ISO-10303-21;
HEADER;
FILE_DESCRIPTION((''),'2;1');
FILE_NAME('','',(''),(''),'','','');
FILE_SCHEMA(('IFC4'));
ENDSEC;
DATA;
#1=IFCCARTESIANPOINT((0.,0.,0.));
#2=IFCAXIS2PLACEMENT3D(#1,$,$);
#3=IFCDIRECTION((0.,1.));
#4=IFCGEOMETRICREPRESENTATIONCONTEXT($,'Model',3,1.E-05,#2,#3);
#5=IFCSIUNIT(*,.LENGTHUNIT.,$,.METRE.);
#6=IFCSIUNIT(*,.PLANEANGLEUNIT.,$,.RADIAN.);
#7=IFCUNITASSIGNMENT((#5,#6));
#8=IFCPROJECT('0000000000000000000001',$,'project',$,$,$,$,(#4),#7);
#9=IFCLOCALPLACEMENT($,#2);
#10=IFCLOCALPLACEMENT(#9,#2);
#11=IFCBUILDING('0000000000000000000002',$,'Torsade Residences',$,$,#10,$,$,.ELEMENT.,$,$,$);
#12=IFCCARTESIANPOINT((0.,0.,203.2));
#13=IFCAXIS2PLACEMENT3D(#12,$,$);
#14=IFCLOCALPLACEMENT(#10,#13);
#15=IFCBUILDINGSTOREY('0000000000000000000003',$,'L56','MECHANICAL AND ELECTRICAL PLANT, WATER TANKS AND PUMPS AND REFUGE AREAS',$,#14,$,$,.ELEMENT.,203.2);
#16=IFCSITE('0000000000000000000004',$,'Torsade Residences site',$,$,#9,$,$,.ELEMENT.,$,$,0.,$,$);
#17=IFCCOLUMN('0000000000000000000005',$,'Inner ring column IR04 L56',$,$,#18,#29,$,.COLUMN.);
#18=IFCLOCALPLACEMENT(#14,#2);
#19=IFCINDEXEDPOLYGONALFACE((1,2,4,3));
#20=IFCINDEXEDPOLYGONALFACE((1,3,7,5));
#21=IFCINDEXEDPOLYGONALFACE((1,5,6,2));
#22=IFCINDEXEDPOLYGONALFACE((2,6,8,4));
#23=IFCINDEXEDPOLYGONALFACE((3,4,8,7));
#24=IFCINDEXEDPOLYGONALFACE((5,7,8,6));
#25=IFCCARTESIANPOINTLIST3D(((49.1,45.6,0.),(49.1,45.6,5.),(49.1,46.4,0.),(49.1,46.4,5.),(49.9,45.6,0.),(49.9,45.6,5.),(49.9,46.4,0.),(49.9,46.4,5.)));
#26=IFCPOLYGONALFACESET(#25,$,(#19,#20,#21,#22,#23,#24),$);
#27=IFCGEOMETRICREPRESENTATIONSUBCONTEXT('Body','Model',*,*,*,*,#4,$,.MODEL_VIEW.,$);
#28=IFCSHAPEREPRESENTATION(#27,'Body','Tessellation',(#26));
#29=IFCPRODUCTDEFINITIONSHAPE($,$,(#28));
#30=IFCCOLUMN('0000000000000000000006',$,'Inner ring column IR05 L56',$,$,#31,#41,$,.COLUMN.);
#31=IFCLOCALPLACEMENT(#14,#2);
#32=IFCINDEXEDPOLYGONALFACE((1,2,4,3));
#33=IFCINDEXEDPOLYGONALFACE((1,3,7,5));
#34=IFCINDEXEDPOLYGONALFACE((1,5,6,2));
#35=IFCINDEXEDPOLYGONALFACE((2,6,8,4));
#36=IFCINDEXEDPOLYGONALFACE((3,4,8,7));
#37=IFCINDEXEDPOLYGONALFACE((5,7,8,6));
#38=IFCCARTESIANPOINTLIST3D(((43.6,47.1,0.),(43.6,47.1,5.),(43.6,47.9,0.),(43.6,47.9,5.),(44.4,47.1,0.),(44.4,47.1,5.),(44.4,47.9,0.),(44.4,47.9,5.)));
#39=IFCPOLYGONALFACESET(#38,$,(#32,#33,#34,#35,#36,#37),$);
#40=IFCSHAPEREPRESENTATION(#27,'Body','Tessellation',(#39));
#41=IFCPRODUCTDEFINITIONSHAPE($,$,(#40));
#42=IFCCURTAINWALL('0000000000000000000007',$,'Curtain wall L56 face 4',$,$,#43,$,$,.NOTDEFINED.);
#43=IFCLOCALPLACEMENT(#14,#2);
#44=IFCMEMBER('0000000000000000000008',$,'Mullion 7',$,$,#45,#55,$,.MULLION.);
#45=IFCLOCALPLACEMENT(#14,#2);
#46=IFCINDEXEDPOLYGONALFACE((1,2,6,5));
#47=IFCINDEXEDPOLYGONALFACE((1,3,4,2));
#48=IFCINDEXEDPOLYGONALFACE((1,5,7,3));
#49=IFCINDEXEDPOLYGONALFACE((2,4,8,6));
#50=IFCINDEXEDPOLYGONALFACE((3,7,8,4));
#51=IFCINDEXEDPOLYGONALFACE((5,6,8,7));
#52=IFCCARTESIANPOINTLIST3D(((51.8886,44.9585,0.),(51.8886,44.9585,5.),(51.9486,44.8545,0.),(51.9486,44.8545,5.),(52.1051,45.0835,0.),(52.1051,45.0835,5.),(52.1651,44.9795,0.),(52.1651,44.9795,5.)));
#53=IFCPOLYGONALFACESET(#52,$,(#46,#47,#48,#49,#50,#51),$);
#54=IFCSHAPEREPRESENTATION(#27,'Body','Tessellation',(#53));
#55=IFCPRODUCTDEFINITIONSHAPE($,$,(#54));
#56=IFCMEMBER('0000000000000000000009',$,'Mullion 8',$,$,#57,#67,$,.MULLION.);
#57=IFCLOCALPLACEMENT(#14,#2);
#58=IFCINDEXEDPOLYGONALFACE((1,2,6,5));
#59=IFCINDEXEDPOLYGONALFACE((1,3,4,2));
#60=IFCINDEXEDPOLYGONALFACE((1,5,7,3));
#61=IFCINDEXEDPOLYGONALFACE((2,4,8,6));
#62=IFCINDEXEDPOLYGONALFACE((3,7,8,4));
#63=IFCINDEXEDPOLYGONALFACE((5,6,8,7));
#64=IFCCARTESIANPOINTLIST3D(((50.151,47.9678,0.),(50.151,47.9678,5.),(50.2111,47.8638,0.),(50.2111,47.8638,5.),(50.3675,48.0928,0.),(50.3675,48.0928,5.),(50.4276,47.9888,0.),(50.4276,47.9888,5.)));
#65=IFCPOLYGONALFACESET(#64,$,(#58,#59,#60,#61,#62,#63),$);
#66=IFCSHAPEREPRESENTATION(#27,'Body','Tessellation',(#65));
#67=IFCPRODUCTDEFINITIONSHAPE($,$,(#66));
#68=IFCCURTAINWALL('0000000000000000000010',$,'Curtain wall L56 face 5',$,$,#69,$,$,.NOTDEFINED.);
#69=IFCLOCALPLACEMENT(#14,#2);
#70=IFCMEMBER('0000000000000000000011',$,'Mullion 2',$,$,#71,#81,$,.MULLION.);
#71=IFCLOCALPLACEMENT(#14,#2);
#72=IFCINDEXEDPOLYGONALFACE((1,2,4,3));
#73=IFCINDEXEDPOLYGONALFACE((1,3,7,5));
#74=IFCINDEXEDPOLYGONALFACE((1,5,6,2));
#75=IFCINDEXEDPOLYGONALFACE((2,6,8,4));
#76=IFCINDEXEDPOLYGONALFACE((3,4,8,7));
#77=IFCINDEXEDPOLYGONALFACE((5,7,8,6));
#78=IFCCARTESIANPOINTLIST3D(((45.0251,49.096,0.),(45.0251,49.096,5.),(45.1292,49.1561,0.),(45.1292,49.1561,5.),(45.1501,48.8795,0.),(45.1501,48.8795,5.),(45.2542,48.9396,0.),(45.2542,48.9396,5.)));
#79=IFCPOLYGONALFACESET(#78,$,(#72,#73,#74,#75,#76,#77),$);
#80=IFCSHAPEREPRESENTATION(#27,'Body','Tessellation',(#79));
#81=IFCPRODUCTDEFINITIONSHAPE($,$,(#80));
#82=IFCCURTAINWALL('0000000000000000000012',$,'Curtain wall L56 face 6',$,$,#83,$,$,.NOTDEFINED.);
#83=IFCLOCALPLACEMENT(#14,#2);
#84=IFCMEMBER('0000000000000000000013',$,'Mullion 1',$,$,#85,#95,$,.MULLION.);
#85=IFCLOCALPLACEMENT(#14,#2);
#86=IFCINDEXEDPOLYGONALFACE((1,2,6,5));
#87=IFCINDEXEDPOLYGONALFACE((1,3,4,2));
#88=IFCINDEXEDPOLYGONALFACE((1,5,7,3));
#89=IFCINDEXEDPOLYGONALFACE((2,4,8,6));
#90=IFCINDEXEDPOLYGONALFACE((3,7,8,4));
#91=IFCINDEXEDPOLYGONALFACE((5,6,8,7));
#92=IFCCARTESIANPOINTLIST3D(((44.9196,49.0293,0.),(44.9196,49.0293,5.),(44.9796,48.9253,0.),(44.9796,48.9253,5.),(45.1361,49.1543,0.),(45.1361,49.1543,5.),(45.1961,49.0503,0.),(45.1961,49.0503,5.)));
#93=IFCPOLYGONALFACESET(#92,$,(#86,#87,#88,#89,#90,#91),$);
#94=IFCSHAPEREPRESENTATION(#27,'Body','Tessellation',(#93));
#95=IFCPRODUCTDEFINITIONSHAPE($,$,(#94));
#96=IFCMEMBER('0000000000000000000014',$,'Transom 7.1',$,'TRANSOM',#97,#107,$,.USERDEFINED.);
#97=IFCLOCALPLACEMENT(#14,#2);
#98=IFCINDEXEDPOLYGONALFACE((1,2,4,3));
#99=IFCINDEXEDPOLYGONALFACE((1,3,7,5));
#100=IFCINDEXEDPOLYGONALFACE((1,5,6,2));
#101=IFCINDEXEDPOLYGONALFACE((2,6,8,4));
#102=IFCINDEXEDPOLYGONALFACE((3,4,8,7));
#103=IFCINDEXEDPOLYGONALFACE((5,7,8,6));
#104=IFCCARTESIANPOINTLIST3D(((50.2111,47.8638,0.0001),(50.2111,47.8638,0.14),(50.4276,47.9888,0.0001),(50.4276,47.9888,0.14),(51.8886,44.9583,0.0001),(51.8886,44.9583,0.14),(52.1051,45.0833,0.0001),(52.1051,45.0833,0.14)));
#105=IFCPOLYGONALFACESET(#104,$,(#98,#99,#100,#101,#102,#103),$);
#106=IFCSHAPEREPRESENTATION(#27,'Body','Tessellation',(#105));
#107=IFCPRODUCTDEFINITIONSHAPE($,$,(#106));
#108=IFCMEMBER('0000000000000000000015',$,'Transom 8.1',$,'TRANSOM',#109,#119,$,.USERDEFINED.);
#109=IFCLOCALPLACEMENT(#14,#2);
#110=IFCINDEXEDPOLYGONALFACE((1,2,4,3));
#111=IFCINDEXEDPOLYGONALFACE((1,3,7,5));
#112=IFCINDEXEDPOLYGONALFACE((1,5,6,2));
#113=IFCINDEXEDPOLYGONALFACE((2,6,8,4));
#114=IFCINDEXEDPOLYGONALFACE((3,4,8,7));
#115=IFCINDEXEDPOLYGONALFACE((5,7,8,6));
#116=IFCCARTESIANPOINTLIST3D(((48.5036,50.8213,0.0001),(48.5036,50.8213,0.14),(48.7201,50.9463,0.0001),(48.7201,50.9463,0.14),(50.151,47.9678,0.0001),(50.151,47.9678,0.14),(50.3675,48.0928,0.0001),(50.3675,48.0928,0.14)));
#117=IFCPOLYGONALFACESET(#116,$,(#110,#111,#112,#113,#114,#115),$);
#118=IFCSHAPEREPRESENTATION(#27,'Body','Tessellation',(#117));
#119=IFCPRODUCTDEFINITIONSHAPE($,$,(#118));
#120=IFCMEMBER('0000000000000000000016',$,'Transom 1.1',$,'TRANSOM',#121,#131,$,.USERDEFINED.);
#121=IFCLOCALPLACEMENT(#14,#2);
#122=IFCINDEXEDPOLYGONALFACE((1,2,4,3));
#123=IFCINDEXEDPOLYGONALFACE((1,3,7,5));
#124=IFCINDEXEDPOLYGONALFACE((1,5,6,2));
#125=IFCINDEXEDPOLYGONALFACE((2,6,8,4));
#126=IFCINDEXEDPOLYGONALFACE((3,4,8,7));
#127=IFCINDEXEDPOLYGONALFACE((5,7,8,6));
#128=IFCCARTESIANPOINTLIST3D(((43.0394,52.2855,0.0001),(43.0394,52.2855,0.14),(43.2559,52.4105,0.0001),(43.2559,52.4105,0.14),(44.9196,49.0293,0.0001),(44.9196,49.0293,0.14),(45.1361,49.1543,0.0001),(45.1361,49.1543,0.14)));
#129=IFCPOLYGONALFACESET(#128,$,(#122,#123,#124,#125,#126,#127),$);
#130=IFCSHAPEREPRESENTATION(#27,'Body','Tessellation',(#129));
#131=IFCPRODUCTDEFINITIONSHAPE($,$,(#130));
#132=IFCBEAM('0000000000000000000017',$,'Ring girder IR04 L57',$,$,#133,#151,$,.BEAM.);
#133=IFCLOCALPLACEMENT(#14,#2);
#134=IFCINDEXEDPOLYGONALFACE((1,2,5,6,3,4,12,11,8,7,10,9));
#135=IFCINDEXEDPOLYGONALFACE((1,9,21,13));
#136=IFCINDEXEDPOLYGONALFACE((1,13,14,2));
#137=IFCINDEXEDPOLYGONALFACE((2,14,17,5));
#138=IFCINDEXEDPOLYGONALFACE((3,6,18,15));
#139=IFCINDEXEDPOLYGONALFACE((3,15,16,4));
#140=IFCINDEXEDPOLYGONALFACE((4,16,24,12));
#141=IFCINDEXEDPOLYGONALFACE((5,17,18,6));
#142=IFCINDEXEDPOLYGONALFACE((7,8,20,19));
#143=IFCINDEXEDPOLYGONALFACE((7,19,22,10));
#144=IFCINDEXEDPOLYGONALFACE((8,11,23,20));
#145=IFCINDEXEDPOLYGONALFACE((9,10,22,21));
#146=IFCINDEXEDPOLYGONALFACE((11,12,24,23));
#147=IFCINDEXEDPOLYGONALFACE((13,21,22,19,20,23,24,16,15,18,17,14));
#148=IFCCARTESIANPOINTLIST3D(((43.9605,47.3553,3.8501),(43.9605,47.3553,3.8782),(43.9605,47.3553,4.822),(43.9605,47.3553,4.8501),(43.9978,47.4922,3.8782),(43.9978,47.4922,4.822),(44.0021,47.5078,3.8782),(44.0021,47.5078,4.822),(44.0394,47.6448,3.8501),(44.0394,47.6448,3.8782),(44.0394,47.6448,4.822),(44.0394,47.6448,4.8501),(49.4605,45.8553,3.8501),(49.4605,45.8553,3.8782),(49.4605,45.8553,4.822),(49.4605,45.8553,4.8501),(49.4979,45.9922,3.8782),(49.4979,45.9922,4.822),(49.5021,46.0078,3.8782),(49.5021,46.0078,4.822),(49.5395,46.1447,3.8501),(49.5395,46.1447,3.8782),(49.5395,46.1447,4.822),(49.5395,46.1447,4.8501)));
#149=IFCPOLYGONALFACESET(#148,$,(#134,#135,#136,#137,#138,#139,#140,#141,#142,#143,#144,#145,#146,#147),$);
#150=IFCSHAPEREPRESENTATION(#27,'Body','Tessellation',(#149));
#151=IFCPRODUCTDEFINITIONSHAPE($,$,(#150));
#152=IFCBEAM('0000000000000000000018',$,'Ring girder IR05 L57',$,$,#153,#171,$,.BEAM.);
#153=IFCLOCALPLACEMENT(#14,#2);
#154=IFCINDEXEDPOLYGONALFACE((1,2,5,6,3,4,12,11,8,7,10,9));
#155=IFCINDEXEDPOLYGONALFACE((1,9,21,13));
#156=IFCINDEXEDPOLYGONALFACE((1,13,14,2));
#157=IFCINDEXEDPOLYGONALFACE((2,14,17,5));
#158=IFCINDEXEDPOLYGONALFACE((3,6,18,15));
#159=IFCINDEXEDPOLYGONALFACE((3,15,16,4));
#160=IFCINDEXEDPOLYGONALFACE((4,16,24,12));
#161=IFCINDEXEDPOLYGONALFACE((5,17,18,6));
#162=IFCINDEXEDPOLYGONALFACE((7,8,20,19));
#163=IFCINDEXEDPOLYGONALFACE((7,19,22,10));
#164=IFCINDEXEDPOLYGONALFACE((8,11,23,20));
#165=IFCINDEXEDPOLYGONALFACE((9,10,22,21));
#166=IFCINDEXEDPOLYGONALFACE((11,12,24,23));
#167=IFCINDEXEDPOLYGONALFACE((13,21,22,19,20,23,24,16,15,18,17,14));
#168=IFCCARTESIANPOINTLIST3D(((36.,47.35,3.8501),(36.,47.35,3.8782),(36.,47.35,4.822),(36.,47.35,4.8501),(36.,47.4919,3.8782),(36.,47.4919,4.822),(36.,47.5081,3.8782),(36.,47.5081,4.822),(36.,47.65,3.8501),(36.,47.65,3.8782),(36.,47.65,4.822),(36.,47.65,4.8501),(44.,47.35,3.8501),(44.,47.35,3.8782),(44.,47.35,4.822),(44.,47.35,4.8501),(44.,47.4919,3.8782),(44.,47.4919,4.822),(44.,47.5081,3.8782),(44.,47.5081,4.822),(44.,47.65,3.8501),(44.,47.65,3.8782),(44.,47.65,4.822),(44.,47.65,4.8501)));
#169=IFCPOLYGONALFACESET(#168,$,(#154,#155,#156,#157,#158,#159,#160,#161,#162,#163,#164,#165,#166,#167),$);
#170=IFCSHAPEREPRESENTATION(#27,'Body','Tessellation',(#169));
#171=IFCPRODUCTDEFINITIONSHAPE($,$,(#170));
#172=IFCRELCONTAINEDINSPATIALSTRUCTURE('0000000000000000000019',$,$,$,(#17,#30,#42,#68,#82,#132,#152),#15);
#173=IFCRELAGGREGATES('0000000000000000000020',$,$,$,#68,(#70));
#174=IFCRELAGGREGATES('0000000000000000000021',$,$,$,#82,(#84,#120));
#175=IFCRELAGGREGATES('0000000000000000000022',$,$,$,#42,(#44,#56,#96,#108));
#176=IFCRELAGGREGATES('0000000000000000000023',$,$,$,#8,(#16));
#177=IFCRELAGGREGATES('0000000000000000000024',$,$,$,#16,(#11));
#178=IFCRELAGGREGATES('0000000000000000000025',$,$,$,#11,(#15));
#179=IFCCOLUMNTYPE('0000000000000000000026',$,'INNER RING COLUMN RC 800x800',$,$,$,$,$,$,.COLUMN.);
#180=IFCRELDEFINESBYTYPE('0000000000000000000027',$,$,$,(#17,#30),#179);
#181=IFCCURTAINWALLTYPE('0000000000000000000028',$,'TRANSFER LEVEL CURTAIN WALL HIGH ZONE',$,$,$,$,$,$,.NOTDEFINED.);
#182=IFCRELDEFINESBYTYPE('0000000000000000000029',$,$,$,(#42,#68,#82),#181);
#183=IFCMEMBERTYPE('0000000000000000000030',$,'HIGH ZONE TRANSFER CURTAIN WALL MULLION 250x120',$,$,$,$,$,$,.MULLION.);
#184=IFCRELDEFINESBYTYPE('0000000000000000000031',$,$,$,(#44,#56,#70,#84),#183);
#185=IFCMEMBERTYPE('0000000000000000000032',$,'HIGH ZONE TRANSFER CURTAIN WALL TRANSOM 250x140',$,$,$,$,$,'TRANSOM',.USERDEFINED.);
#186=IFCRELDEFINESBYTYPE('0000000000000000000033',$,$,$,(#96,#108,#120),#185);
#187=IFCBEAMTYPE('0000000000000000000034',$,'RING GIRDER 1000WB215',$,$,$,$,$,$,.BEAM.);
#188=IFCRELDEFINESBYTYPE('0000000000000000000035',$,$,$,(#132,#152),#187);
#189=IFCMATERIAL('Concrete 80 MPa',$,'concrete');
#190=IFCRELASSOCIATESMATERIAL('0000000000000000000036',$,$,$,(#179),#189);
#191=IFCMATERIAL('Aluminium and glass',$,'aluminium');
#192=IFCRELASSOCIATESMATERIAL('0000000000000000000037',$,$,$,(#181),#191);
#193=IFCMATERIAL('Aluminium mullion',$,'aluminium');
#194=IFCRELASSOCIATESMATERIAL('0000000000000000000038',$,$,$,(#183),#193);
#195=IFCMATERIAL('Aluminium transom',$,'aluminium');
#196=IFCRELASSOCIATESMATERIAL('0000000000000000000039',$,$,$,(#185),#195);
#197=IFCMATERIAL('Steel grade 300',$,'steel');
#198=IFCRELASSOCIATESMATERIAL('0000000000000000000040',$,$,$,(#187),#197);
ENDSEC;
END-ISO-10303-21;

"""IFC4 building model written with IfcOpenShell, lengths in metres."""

from ifc_helpers import new_model, si_unit, direction, frame, origin, origin_2d, place, context, subcontext, project, spatial, rectangle, i_section, extrude, material, material_profile, profile_set, type_object, element, aggregate, save


model = new_model("IFC4")

# Units and contexts
model_context = context("Model", 3, precision=1e-05, world=origin(), true_north=direction((0.0, 1.0)))
body_context = subcontext(model_context, "Body", "Model", "MODEL_VIEW")
ifc_project = project(units=[si_unit("LENGTHUNIT", "METRE"), si_unit("PLANEANGLEUNIT", "RADIAN")], contexts=[model_context])

# Site, building, storey
site_placement = place(None, origin())
site = spatial("IfcSite", under=ifc_project, at=site_placement, Name="Torsade Residences site", CompositionType="ELEMENT", RefElevation=0.0)
building_placement = place(site_placement, origin())
building = spatial("IfcBuilding", under=site, at=building_placement, Name="Torsade Residences", CompositionType="ELEMENT")
storey_placement = place(building_placement, frame((0.0, 0.0, 203.2)))
storey = spatial("IfcBuildingStorey", under=building, at=storey_placement, Name="L56", Description="MECHANICAL AND ELECTRICAL PLANT, WATER TANKS AND PUMPS AND REFUGE AREAS", CompositionType="ELEMENT", Elevation=203.2)

# Columns
ifc_material_1 = material(Name="Concrete 80 MPa", Category="concrete")
ifc_material_profile_1 = material_profile(ifc_material_1, rectangle(XDim=0.8, YDim=0.8, at=origin_2d()), Name="RC 800x800")
ifc_profile_set_1 = profile_set([ifc_material_profile_1], Name="Concrete 80 MPa")
column_type = type_object("IfcColumnType", Name="INNER RING COLUMN RC 800x800", PredefinedType="COLUMN", material=ifc_profile_set_1)
for number, where, z_axis, x_axis, name in (
    (1, (49.5, 46.0, 0.0), (0.0, 0.0, 1.0), (1.0, 0.0, 0.0), "Inner ring column IR04 L56"),
    (2, (44.0, 47.5, 0.0), (0.0, 0.0, 1.0), (1.0, 0.0, 0.0), "Inner ring column IR05 L56"),
):
    element("IfcColumn", number, at=place(storey_placement, frame(where, z_axis=z_axis, x_axis=x_axis)), inside=storey, type_object=column_type, Name=name, PredefinedType="COLUMN", context=body_context, shape_type="SweptSolid", body=[
        extrude(rectangle(XDim=0.8, YDim=0.8, at=origin_2d()), origin(), (0.0, 0.0, 1.0), 5.0),
    ])

# Curtain wall, members
ifc_material_2 = material(Name="Aluminium and glass", Category="aluminium")
curtain_wall_type = type_object("IfcCurtainWallType", Name="TRANSFER LEVEL CURTAIN WALL HIGH ZONE", PredefinedType="NOTDEFINED", material=ifc_material_2)
curtain_wall_1_placement = place(storey_placement, origin())
curtain_wall_1 = element("IfcCurtainWall", 3, at=curtain_wall_1_placement, inside=storey, type_object=curtain_wall_type, Name="Curtain wall L56 face 4", PredefinedType="NOTDEFINED")
ifc_material_3 = material(Name="Aluminium mullion", Category="aluminium")
ifc_material_profile_2 = material_profile(ifc_material_3, rectangle(XDim=0.25, YDim=0.1201, at=origin_2d()), Name="HIGH ZONE TRANSFER CURTAIN WALL MULLION 250x120")
ifc_profile_set_2 = profile_set([ifc_material_profile_2], Name="Aluminium mullion")
member_type_1 = type_object("IfcMemberType", Name="HIGH ZONE TRANSFER CURTAIN WALL MULLION 250x120", PredefinedType="MULLION", material=ifc_profile_set_2)
member_1_placement = place(storey_placement, frame((52.0269, 44.969, 0.0), z_axis=(0.0, 0.0, 1.0), x_axis=(-0.866025, -0.5, 0.0)))
member_1 = element("IfcMember", 4, at=member_1_placement, type_object=member_type_1, Name="Mullion 7", PredefinedType="MULLION", context=body_context, shape_type="SweptSolid", body=[
    extrude(rectangle(XDim=0.25, YDim=0.1201, at=origin_2d()), origin(), (0.0, 0.0, 1.0), 5.0),
])
member_2_placement = place(storey_placement, frame((50.2893, 47.9783, 0.0), z_axis=(0.0, 0.0, 1.0), x_axis=(-0.866025, -0.5, 0.0)))
member_2 = element("IfcMember", 5, at=member_2_placement, type_object=member_type_1, Name="Mullion 8", PredefinedType="MULLION", context=body_context, shape_type="SweptSolid", body=[
    extrude(rectangle(XDim=0.25, YDim=0.1201, at=origin_2d()), origin(), (0.0, 0.0, 1.0), 5.0),
])

# Curtain walls, members
curtain_wall_2_placement = place(storey_placement, origin())
curtain_wall_2 = element("IfcCurtainWall", 6, at=curtain_wall_2_placement, inside=storey, type_object=curtain_wall_type, Name="Curtain wall L56 face 5", PredefinedType="NOTDEFINED")
member_3_placement = place(storey_placement, frame((45.1396, 49.0178, 0.0), z_axis=(0.0, 0.0, 1.0), x_axis=(0.5, -0.866025, 0.0)))
member_3 = element("IfcMember", 7, at=member_3_placement, type_object=member_type_1, Name="Mullion 2", PredefinedType="MULLION", context=body_context, shape_type="SweptSolid", body=[
    extrude(rectangle(XDim=0.25, YDim=0.1201, at=origin_2d()), origin(), (0.0, 0.0, 1.0), 5.0),
])
aggregate(curtain_wall_2, [member_3])
curtain_wall_3_placement = place(storey_placement, origin())
curtain_wall_3 = element("IfcCurtainWall", 8, at=curtain_wall_3_placement, inside=storey, type_object=curtain_wall_type, Name="Curtain wall L56 face 6", PredefinedType="NOTDEFINED")
member_4_placement = place(storey_placement, frame((45.0579, 49.0398, 0.0), z_axis=(0.0, 0.0, 1.0), x_axis=(-0.866025, -0.5, 0.0)))
member_4 = element("IfcMember", 9, at=member_4_placement, type_object=member_type_1, Name="Mullion 1", PredefinedType="MULLION", context=body_context, shape_type="SweptSolid", body=[
    extrude(rectangle(XDim=0.25, YDim=0.1201, at=origin_2d()), origin(), (0.0, 0.0, 1.0), 5.0),
])

# Members
ifc_material_4 = material(Name="Aluminium transom", Category="aluminium")
ifc_material_profile_3 = material_profile(ifc_material_4, rectangle(XDim=0.25, YDim=0.1399, at=origin_2d()), Name="HIGH ZONE TRANSFER CURTAIN WALL TRANSOM 250x140")
ifc_profile_set_3 = profile_set([ifc_material_profile_3], Name="Aluminium transom")
member_type_2 = type_object("IfcMemberType", Name="HIGH ZONE TRANSFER CURTAIN WALL TRANSOM 250x140", ElementType="TRANSOM", PredefinedType="USERDEFINED", material=ifc_profile_set_3)
member_5_placement = place(storey_placement, frame((51.9968, 45.0208, 0.0701), z_axis=(-0.499998, 0.866027, 0.0), x_axis=(-0.866027, -0.499998, 0.0)))
member_5 = element("IfcMember", 10, at=member_5_placement, type_object=member_type_2, Name="Transom 7.1", ObjectType="TRANSOM", PredefinedType="USERDEFINED", context=body_context, shape_type="SweptSolid", body=[
    extrude(rectangle(XDim=0.25, YDim=0.1399, at=origin_2d()), origin(), (0.0, 0.0, 1.0), 3.355),
])
member_6_placement = place(storey_placement, frame((50.2593, 48.0303, 0.0701), z_axis=(-0.499996, 0.866028, 0.0), x_axis=(-0.866028, -0.499996, 0.0)))
member_6 = element("IfcMember", 11, at=member_6_placement, type_object=member_type_2, Name="Transom 8.1", ObjectType="TRANSOM", PredefinedType="USERDEFINED", context=body_context, shape_type="SweptSolid", body=[
    extrude(rectangle(XDim=0.25, YDim=0.1399, at=origin_2d()), origin(), (0.0, 0.0, 1.0), 3.2949),
])
member_7_placement = place(storey_placement, frame((45.0278, 49.0918, 0.0701), z_axis=(-0.500043, 0.866001, 0.0), x_axis=(-0.866001, -0.500043, 0.0)))
member_7 = element("IfcMember", 12, at=member_7_placement, type_object=member_type_2, Name="Transom 1.1", ObjectType="TRANSOM", PredefinedType="USERDEFINED", context=body_context, shape_type="SweptSolid", body=[
    extrude(rectangle(XDim=0.25, YDim=0.1399, at=origin_2d()), origin(), (0.0, 0.0, 1.0), 3.76),
])
aggregate(curtain_wall_3, [member_4, member_7])

# Beams
ifc_material_5 = material(Name="Steel grade 300", Category="steel")
ifc_material_profile_4 = material_profile(ifc_material_5, i_section(OverallWidth=0.3, OverallDepth=1.0, WebThickness=0.0161, FlangeThickness=0.0281, at=origin_2d()), Name="1000WB215")
ifc_profile_set_4 = profile_set([ifc_material_profile_4], Name="Steel grade 300")
beam_type_1 = type_object("IfcBeamType", Name="RING GIRDER 1000WB215", PredefinedType="BEAM", material=ifc_profile_set_4)
beam_1_placement = place(storey_placement, frame((49.5, 46.0, 4.3501), z_axis=(-0.964764, 0.263117, 0.0), x_axis=(-0.263117, -0.964764, 0.0)))
element("IfcBeam", 13, at=beam_1_placement, inside=storey, type_object=beam_type_1, Name="Ring girder IR04 L57", PredefinedType="BEAM", context=body_context, shape_type="SweptSolid", body=[
    extrude(i_section(OverallWidth=0.3, OverallDepth=1.0, WebThickness=0.0161, FlangeThickness=0.0281, at=origin_2d()), origin(), (0.0, 0.0, 1.0), 5.7009),
])
beam_2_placement = place(storey_placement, frame((44.0, 47.5, 4.3501), z_axis=(-1.0, 0.0, 0.0), x_axis=(0.0, -1.0, 0.0)))
element("IfcBeam", 14, at=beam_2_placement, inside=storey, type_object=beam_type_1, Name="Ring girder IR05 L57", PredefinedType="BEAM", context=body_context, shape_type="SweptSolid", body=[
    extrude(i_section(OverallWidth=0.3, OverallDepth=1.0, WebThickness=0.0161, FlangeThickness=0.0281, at=origin_2d()), origin(), (0.0, 0.0, 1.0), 8.0),
])

aggregate(curtain_wall_1, [member_1, member_2, member_5, member_6])

save(model, "model.ifc")
